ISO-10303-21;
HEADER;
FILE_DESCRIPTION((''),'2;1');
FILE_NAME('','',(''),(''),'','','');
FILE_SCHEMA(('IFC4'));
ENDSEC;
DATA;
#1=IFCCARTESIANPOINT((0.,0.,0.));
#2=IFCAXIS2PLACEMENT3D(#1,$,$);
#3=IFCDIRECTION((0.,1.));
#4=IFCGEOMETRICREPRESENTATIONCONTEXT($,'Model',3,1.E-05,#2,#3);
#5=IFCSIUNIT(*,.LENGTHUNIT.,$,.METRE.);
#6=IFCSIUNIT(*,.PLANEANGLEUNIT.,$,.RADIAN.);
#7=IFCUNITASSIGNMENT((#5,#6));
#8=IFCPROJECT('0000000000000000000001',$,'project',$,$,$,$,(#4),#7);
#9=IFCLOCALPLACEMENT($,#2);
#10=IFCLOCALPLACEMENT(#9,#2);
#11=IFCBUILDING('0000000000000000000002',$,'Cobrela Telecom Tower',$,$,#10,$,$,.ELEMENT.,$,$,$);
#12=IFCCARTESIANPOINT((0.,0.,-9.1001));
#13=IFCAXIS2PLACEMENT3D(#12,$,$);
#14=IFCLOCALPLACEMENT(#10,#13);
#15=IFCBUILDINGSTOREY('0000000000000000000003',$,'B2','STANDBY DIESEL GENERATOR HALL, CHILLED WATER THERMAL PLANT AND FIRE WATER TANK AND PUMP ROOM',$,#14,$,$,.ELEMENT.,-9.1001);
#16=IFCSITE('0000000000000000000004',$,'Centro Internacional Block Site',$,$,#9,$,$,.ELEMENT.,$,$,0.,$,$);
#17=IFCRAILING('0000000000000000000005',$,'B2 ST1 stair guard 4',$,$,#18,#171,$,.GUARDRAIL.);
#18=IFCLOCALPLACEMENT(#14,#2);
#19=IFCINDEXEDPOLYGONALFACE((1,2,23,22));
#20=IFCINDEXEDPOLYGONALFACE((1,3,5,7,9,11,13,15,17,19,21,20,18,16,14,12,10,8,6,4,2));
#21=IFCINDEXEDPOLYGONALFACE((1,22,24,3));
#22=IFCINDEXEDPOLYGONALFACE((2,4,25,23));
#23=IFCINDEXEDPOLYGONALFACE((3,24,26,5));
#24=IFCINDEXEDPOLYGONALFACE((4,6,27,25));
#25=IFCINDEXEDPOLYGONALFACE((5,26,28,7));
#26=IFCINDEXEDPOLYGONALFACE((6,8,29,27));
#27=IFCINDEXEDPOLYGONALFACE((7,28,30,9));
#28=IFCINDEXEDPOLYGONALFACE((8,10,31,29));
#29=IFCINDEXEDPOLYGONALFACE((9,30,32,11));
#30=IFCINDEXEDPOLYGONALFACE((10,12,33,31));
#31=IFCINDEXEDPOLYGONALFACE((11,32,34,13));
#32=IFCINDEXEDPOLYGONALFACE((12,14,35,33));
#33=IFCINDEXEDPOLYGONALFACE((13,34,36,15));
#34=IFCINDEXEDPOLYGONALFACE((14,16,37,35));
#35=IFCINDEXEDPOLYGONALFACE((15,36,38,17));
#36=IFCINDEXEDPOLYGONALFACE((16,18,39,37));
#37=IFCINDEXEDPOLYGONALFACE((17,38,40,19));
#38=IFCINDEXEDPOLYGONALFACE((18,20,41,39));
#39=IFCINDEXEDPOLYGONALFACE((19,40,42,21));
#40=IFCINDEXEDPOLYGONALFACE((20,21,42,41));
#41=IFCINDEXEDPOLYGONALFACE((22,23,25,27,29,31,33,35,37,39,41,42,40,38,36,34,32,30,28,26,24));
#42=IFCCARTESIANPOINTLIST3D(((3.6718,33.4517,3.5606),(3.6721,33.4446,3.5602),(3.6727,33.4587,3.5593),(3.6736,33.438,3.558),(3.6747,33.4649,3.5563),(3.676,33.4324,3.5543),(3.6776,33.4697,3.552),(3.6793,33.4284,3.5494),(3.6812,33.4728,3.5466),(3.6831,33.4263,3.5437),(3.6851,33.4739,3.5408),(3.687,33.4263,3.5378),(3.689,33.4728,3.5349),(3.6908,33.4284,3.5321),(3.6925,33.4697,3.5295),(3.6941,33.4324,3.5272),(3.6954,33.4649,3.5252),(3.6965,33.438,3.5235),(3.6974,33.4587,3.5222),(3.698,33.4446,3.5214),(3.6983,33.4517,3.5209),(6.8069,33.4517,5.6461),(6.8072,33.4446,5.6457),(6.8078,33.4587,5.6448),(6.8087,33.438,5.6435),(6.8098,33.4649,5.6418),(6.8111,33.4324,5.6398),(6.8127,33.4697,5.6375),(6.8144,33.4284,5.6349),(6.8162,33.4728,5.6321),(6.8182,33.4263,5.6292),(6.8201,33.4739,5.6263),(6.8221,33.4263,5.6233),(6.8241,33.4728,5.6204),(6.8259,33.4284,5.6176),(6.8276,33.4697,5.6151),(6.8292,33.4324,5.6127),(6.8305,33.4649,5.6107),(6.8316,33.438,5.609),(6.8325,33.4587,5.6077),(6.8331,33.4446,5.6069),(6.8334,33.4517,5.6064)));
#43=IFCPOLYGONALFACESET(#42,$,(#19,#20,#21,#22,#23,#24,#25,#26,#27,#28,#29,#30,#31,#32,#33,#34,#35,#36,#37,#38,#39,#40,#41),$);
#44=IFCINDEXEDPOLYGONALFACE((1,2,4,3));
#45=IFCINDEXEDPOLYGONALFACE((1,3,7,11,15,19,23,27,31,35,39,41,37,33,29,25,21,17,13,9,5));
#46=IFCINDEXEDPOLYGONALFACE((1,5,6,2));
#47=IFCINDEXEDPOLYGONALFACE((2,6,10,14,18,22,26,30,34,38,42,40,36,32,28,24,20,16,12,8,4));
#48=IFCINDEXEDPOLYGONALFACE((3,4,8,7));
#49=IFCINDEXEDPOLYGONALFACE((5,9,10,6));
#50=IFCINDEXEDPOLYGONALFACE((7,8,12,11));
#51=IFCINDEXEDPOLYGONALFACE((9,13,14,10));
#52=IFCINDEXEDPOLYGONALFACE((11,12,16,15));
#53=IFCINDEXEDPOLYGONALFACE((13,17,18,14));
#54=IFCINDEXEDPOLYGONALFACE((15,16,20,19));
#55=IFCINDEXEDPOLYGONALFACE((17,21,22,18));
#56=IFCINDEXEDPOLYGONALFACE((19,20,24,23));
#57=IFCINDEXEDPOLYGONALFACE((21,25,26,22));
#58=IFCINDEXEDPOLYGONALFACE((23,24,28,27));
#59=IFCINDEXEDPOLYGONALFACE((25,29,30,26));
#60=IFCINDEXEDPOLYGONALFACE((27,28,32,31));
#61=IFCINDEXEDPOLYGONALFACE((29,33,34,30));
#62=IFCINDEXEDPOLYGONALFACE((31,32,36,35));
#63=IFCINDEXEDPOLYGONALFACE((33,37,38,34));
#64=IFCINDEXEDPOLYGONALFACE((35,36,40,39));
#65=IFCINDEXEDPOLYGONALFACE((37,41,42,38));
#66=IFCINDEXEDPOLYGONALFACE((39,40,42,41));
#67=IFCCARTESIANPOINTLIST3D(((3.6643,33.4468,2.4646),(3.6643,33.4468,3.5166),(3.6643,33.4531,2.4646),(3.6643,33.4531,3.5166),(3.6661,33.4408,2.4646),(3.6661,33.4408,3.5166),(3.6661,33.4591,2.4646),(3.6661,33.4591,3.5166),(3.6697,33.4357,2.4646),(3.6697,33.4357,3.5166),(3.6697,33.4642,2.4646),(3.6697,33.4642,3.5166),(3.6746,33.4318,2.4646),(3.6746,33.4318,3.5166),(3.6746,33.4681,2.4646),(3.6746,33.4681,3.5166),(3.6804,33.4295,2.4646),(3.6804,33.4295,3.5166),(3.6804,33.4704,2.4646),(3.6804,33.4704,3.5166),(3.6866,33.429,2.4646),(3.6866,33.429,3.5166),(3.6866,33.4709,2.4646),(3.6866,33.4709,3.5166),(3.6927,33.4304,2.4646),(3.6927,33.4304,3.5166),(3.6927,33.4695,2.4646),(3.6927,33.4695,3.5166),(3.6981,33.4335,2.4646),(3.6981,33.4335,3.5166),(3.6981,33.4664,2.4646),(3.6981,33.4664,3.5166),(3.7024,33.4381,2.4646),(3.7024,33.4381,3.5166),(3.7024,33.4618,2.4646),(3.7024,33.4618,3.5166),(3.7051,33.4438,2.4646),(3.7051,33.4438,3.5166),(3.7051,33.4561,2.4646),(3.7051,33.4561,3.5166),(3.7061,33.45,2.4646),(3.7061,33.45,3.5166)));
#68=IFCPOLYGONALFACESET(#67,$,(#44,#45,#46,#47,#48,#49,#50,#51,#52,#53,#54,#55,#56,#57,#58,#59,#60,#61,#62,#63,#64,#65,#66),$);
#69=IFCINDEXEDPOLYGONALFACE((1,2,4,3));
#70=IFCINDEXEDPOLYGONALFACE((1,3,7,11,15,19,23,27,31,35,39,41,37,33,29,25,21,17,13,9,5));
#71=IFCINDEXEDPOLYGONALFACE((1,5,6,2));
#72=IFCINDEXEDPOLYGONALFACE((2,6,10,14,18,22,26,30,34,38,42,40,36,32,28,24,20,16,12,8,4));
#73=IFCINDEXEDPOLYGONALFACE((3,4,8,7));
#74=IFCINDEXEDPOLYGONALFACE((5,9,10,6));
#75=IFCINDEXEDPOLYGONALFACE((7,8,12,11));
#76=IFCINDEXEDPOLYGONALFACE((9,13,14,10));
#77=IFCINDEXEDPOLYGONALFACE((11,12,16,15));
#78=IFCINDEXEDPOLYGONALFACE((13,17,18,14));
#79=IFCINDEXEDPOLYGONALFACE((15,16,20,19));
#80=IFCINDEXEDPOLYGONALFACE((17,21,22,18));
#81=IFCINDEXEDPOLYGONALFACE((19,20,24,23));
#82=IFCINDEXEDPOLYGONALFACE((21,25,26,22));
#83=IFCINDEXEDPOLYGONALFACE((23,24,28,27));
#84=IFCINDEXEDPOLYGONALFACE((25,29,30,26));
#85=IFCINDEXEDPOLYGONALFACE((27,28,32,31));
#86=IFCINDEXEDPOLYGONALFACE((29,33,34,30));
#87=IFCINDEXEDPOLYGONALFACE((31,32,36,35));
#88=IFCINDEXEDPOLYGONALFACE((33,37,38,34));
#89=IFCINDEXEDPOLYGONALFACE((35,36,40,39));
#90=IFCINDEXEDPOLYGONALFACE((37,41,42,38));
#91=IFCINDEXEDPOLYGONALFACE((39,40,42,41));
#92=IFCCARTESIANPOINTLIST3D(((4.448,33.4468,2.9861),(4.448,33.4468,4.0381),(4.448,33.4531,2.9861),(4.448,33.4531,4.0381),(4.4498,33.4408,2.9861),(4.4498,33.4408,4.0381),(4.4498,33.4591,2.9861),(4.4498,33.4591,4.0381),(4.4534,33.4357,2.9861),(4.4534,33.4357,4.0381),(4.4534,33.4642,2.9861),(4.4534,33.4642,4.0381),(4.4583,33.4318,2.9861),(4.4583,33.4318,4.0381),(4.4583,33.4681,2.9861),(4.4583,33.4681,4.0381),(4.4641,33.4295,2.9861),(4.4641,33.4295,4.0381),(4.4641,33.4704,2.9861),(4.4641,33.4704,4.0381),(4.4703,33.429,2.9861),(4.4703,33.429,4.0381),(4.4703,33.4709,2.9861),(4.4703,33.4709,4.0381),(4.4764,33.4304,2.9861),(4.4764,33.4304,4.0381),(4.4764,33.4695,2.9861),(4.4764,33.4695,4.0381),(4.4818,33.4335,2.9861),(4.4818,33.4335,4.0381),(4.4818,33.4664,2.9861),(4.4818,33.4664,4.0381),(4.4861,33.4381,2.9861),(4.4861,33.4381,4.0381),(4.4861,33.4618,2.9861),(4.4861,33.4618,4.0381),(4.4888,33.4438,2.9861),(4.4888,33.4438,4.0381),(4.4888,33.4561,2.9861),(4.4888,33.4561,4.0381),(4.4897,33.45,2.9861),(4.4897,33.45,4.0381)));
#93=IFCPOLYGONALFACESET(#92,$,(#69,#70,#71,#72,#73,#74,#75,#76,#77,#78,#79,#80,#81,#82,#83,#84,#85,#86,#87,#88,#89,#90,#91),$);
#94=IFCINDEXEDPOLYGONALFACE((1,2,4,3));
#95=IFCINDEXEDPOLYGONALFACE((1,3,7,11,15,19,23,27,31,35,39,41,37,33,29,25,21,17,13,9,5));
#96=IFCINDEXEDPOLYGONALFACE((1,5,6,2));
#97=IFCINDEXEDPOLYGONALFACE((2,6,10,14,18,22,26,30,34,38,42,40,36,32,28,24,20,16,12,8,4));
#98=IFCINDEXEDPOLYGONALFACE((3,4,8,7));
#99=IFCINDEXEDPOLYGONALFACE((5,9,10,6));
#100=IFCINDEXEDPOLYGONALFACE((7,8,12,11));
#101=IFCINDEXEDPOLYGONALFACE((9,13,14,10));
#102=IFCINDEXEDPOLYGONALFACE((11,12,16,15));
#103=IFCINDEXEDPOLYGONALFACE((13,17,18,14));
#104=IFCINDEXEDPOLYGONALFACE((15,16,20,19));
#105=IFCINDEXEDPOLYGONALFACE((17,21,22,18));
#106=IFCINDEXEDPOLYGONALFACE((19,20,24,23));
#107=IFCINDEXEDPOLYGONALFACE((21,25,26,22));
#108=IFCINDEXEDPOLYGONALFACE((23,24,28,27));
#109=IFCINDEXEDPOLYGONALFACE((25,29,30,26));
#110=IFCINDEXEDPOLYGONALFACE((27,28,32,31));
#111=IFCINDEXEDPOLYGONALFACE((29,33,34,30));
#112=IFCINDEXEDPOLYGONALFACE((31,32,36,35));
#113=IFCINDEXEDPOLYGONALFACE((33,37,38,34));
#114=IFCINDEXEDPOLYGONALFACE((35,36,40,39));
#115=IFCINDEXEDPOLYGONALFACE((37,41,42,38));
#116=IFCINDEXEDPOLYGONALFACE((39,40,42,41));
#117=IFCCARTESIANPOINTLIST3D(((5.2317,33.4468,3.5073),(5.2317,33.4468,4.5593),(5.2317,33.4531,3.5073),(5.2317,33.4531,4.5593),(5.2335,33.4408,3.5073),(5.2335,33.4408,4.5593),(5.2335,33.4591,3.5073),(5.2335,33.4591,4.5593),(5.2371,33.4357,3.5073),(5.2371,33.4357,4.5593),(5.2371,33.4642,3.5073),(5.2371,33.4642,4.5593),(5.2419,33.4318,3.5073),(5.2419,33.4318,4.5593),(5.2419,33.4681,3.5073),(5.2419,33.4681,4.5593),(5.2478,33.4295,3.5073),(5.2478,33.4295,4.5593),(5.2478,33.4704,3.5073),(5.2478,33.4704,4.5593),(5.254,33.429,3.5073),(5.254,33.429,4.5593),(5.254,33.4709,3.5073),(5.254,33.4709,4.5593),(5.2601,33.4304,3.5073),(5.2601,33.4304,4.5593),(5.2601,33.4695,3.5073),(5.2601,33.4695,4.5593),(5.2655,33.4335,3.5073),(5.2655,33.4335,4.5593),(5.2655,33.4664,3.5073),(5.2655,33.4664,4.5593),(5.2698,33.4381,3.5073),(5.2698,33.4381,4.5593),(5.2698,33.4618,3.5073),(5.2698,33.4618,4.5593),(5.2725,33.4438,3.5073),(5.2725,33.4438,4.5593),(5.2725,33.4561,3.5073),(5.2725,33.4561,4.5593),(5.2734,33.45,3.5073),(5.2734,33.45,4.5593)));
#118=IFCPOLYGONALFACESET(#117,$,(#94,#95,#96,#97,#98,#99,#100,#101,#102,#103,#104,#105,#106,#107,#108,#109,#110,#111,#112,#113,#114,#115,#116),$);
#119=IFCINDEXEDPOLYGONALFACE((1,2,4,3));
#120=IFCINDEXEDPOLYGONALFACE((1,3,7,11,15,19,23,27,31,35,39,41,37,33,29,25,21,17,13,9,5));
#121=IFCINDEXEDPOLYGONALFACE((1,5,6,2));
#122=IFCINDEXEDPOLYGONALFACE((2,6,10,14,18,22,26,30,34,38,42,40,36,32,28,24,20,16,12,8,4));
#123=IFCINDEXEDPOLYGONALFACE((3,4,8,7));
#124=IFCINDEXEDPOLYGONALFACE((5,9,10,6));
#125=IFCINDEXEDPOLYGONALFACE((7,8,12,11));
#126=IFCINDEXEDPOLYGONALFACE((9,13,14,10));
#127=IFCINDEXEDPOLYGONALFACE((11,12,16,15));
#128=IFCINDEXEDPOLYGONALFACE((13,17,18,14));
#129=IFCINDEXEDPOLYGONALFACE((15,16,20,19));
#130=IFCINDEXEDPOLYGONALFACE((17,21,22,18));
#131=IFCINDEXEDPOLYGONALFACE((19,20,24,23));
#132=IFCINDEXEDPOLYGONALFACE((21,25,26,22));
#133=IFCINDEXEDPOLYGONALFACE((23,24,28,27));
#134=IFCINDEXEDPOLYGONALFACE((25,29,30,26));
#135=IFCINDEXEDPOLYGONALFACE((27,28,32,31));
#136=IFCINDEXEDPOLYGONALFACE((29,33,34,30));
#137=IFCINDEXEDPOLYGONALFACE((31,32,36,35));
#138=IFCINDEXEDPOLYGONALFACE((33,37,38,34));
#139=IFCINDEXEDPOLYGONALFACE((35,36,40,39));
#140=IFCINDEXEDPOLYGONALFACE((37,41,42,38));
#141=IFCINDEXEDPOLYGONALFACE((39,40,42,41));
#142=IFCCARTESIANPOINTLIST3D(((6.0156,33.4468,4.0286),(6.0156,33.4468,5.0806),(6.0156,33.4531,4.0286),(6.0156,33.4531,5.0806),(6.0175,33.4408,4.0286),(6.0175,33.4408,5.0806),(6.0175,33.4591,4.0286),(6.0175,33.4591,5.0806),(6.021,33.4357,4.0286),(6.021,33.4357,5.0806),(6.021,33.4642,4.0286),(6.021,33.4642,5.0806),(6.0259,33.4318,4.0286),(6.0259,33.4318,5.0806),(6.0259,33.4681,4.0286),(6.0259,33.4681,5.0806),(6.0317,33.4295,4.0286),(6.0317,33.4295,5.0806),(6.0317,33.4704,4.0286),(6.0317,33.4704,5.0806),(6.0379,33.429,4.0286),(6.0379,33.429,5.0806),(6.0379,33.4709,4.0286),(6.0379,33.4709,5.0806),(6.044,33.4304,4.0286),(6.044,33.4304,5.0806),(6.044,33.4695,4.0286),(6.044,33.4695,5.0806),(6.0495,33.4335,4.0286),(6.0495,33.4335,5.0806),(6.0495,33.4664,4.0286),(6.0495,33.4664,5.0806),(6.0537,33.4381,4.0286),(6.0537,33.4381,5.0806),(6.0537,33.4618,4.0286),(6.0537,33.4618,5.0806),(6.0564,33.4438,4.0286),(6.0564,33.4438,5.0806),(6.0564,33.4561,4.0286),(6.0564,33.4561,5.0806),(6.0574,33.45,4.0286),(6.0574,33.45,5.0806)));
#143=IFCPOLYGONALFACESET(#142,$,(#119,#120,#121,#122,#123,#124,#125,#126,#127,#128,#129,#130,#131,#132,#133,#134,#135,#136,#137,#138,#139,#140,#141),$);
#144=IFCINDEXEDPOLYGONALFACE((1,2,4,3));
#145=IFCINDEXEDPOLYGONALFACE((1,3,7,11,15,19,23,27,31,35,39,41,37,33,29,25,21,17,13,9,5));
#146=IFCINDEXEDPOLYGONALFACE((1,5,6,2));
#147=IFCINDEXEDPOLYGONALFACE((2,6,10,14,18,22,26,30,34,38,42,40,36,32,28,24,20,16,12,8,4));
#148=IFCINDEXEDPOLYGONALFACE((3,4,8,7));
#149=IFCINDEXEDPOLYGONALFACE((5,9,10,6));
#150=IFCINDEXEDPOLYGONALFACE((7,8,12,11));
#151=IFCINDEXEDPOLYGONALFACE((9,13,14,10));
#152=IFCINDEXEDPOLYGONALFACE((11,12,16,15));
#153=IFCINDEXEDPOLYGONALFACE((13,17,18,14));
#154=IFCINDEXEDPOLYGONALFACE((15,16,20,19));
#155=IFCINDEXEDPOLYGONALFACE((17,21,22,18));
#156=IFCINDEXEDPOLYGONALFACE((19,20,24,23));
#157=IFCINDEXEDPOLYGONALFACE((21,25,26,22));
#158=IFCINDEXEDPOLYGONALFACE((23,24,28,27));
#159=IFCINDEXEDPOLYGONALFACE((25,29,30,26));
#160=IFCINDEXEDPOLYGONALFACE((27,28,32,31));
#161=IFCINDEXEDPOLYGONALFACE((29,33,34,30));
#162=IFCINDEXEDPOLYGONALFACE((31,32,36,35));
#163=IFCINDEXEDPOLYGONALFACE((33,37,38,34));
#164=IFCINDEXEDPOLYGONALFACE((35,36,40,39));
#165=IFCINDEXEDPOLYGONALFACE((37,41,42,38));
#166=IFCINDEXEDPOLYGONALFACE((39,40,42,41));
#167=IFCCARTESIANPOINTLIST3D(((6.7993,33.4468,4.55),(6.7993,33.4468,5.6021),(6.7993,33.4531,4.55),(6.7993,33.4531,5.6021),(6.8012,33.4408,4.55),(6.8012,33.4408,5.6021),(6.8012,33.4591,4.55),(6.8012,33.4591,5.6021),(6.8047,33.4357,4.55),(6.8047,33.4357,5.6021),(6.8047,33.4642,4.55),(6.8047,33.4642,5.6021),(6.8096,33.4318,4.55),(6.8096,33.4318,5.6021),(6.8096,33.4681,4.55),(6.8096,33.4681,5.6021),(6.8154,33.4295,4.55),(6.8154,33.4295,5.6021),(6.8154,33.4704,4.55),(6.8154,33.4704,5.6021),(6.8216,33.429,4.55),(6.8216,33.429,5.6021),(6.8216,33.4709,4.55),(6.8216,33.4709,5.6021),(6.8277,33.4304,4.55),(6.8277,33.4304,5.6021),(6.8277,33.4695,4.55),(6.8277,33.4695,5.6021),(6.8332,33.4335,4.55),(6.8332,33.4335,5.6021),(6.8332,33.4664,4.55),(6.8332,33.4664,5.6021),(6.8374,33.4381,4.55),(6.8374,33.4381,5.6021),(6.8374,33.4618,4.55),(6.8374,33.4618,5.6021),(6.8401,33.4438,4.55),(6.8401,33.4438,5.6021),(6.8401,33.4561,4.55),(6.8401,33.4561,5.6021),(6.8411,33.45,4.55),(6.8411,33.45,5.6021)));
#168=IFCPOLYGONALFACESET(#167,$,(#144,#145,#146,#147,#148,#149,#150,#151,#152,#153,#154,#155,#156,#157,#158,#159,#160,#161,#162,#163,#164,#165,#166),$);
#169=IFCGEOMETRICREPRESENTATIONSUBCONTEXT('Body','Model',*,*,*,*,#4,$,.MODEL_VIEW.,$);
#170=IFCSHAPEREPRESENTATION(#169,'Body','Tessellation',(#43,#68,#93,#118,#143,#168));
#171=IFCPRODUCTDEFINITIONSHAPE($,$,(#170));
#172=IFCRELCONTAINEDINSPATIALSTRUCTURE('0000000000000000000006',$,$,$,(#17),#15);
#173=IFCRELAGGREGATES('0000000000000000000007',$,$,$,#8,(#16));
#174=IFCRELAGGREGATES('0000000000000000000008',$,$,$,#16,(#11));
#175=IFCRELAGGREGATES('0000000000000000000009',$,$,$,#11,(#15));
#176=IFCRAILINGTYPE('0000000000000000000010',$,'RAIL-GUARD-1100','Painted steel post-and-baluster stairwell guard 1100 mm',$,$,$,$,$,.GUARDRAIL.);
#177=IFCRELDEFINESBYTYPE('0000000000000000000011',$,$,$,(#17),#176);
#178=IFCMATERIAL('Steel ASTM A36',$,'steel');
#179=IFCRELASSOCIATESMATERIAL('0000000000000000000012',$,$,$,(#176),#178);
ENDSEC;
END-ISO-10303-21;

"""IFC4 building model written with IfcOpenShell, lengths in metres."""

from ifc_helpers import new_model, si_unit, direction, frame, origin, origin_2d, place, context, subcontext, project, spatial, circle, extrude, material, type_object, element, save


model = new_model("IFC4")

# Units and contexts
model_context = context("Model", 3, precision=1e-05, world=origin(), true_north=direction((0.0, 1.0)))
body_context = subcontext(model_context, "Body", "Model", "MODEL_VIEW")
ifc_project = project(units=[si_unit("LENGTHUNIT", "METRE"), si_unit("PLANEANGLEUNIT", "RADIAN")], contexts=[model_context])

# Site, building, storey
site_placement = place(None, origin())
site = spatial("IfcSite", under=ifc_project, at=site_placement, Name="Centro Internacional Block Site", CompositionType="ELEMENT", RefElevation=0.0)
building_placement = place(site_placement, origin())
building = spatial("IfcBuilding", under=site, at=building_placement, Name="Cobrela Telecom Tower", CompositionType="ELEMENT")
storey_placement = place(building_placement, frame((0.0, 0.0, -9.1001)))
storey = spatial("IfcBuildingStorey", under=building, at=storey_placement, Name="B2", Description="STANDBY DIESEL GENERATOR HALL, CHILLED WATER THERMAL PLANT AND FIRE WATER TANK AND PUMP ROOM", CompositionType="ELEMENT", Elevation=-9.1001)

# Railing
ifc_material_1 = material(Name="Steel ASTM A36", Category="steel")
railing_type_1 = type_object("IfcRailingType", Name="RAIL-GUARD-1100", Description="Painted steel post-and-baluster stairwell guard 1100 mm", PredefinedType="GUARDRAIL", material=ifc_material_1)
railing_1_placement = place(storey_placement, frame((3.6851, 33.45, 2.4646)))
element("IfcRailing", 1, at=railing_1_placement, inside=storey, type_object=railing_type_1, Name="B2 ST1 stair guard 4", PredefinedType="GUARDRAIL", context=body_context, shape_type="SweptSolid", body=[
    extrude(circle(Radius=0.0239, at=origin_2d()), frame((0.0, 0.0, 1.0762), z_axis=(0.832608, 0.0, 0.553862), x_axis=(0.0, 1.0, 0.0)), (0.0, 0.0, 1.0), 3.7654),
    extrude(circle(Radius=0.021, at=origin_2d()), origin(), (0.0, 0.0, 1.0), 1.052),
    extrude(circle(Radius=0.021, at=origin_2d()), frame((0.7837, 0.0, 0.5215)), (0.0, 0.0, 1.0), 1.052),
    extrude(circle(Radius=0.021, at=origin_2d()), frame((1.5674, 0.0, 1.0427)), (0.0, 0.0, 1.0), 1.052),
    extrude(circle(Radius=0.021, at=origin_2d()), frame((2.3513, 0.0, 1.564)), (0.0, 0.0, 1.0), 1.052),
    extrude(circle(Radius=0.021, at=origin_2d()), frame((3.135, 0.0, 2.0854)), (0.0, 0.0, 1.0), 1.052),
])

save(model, "model.ifc")
